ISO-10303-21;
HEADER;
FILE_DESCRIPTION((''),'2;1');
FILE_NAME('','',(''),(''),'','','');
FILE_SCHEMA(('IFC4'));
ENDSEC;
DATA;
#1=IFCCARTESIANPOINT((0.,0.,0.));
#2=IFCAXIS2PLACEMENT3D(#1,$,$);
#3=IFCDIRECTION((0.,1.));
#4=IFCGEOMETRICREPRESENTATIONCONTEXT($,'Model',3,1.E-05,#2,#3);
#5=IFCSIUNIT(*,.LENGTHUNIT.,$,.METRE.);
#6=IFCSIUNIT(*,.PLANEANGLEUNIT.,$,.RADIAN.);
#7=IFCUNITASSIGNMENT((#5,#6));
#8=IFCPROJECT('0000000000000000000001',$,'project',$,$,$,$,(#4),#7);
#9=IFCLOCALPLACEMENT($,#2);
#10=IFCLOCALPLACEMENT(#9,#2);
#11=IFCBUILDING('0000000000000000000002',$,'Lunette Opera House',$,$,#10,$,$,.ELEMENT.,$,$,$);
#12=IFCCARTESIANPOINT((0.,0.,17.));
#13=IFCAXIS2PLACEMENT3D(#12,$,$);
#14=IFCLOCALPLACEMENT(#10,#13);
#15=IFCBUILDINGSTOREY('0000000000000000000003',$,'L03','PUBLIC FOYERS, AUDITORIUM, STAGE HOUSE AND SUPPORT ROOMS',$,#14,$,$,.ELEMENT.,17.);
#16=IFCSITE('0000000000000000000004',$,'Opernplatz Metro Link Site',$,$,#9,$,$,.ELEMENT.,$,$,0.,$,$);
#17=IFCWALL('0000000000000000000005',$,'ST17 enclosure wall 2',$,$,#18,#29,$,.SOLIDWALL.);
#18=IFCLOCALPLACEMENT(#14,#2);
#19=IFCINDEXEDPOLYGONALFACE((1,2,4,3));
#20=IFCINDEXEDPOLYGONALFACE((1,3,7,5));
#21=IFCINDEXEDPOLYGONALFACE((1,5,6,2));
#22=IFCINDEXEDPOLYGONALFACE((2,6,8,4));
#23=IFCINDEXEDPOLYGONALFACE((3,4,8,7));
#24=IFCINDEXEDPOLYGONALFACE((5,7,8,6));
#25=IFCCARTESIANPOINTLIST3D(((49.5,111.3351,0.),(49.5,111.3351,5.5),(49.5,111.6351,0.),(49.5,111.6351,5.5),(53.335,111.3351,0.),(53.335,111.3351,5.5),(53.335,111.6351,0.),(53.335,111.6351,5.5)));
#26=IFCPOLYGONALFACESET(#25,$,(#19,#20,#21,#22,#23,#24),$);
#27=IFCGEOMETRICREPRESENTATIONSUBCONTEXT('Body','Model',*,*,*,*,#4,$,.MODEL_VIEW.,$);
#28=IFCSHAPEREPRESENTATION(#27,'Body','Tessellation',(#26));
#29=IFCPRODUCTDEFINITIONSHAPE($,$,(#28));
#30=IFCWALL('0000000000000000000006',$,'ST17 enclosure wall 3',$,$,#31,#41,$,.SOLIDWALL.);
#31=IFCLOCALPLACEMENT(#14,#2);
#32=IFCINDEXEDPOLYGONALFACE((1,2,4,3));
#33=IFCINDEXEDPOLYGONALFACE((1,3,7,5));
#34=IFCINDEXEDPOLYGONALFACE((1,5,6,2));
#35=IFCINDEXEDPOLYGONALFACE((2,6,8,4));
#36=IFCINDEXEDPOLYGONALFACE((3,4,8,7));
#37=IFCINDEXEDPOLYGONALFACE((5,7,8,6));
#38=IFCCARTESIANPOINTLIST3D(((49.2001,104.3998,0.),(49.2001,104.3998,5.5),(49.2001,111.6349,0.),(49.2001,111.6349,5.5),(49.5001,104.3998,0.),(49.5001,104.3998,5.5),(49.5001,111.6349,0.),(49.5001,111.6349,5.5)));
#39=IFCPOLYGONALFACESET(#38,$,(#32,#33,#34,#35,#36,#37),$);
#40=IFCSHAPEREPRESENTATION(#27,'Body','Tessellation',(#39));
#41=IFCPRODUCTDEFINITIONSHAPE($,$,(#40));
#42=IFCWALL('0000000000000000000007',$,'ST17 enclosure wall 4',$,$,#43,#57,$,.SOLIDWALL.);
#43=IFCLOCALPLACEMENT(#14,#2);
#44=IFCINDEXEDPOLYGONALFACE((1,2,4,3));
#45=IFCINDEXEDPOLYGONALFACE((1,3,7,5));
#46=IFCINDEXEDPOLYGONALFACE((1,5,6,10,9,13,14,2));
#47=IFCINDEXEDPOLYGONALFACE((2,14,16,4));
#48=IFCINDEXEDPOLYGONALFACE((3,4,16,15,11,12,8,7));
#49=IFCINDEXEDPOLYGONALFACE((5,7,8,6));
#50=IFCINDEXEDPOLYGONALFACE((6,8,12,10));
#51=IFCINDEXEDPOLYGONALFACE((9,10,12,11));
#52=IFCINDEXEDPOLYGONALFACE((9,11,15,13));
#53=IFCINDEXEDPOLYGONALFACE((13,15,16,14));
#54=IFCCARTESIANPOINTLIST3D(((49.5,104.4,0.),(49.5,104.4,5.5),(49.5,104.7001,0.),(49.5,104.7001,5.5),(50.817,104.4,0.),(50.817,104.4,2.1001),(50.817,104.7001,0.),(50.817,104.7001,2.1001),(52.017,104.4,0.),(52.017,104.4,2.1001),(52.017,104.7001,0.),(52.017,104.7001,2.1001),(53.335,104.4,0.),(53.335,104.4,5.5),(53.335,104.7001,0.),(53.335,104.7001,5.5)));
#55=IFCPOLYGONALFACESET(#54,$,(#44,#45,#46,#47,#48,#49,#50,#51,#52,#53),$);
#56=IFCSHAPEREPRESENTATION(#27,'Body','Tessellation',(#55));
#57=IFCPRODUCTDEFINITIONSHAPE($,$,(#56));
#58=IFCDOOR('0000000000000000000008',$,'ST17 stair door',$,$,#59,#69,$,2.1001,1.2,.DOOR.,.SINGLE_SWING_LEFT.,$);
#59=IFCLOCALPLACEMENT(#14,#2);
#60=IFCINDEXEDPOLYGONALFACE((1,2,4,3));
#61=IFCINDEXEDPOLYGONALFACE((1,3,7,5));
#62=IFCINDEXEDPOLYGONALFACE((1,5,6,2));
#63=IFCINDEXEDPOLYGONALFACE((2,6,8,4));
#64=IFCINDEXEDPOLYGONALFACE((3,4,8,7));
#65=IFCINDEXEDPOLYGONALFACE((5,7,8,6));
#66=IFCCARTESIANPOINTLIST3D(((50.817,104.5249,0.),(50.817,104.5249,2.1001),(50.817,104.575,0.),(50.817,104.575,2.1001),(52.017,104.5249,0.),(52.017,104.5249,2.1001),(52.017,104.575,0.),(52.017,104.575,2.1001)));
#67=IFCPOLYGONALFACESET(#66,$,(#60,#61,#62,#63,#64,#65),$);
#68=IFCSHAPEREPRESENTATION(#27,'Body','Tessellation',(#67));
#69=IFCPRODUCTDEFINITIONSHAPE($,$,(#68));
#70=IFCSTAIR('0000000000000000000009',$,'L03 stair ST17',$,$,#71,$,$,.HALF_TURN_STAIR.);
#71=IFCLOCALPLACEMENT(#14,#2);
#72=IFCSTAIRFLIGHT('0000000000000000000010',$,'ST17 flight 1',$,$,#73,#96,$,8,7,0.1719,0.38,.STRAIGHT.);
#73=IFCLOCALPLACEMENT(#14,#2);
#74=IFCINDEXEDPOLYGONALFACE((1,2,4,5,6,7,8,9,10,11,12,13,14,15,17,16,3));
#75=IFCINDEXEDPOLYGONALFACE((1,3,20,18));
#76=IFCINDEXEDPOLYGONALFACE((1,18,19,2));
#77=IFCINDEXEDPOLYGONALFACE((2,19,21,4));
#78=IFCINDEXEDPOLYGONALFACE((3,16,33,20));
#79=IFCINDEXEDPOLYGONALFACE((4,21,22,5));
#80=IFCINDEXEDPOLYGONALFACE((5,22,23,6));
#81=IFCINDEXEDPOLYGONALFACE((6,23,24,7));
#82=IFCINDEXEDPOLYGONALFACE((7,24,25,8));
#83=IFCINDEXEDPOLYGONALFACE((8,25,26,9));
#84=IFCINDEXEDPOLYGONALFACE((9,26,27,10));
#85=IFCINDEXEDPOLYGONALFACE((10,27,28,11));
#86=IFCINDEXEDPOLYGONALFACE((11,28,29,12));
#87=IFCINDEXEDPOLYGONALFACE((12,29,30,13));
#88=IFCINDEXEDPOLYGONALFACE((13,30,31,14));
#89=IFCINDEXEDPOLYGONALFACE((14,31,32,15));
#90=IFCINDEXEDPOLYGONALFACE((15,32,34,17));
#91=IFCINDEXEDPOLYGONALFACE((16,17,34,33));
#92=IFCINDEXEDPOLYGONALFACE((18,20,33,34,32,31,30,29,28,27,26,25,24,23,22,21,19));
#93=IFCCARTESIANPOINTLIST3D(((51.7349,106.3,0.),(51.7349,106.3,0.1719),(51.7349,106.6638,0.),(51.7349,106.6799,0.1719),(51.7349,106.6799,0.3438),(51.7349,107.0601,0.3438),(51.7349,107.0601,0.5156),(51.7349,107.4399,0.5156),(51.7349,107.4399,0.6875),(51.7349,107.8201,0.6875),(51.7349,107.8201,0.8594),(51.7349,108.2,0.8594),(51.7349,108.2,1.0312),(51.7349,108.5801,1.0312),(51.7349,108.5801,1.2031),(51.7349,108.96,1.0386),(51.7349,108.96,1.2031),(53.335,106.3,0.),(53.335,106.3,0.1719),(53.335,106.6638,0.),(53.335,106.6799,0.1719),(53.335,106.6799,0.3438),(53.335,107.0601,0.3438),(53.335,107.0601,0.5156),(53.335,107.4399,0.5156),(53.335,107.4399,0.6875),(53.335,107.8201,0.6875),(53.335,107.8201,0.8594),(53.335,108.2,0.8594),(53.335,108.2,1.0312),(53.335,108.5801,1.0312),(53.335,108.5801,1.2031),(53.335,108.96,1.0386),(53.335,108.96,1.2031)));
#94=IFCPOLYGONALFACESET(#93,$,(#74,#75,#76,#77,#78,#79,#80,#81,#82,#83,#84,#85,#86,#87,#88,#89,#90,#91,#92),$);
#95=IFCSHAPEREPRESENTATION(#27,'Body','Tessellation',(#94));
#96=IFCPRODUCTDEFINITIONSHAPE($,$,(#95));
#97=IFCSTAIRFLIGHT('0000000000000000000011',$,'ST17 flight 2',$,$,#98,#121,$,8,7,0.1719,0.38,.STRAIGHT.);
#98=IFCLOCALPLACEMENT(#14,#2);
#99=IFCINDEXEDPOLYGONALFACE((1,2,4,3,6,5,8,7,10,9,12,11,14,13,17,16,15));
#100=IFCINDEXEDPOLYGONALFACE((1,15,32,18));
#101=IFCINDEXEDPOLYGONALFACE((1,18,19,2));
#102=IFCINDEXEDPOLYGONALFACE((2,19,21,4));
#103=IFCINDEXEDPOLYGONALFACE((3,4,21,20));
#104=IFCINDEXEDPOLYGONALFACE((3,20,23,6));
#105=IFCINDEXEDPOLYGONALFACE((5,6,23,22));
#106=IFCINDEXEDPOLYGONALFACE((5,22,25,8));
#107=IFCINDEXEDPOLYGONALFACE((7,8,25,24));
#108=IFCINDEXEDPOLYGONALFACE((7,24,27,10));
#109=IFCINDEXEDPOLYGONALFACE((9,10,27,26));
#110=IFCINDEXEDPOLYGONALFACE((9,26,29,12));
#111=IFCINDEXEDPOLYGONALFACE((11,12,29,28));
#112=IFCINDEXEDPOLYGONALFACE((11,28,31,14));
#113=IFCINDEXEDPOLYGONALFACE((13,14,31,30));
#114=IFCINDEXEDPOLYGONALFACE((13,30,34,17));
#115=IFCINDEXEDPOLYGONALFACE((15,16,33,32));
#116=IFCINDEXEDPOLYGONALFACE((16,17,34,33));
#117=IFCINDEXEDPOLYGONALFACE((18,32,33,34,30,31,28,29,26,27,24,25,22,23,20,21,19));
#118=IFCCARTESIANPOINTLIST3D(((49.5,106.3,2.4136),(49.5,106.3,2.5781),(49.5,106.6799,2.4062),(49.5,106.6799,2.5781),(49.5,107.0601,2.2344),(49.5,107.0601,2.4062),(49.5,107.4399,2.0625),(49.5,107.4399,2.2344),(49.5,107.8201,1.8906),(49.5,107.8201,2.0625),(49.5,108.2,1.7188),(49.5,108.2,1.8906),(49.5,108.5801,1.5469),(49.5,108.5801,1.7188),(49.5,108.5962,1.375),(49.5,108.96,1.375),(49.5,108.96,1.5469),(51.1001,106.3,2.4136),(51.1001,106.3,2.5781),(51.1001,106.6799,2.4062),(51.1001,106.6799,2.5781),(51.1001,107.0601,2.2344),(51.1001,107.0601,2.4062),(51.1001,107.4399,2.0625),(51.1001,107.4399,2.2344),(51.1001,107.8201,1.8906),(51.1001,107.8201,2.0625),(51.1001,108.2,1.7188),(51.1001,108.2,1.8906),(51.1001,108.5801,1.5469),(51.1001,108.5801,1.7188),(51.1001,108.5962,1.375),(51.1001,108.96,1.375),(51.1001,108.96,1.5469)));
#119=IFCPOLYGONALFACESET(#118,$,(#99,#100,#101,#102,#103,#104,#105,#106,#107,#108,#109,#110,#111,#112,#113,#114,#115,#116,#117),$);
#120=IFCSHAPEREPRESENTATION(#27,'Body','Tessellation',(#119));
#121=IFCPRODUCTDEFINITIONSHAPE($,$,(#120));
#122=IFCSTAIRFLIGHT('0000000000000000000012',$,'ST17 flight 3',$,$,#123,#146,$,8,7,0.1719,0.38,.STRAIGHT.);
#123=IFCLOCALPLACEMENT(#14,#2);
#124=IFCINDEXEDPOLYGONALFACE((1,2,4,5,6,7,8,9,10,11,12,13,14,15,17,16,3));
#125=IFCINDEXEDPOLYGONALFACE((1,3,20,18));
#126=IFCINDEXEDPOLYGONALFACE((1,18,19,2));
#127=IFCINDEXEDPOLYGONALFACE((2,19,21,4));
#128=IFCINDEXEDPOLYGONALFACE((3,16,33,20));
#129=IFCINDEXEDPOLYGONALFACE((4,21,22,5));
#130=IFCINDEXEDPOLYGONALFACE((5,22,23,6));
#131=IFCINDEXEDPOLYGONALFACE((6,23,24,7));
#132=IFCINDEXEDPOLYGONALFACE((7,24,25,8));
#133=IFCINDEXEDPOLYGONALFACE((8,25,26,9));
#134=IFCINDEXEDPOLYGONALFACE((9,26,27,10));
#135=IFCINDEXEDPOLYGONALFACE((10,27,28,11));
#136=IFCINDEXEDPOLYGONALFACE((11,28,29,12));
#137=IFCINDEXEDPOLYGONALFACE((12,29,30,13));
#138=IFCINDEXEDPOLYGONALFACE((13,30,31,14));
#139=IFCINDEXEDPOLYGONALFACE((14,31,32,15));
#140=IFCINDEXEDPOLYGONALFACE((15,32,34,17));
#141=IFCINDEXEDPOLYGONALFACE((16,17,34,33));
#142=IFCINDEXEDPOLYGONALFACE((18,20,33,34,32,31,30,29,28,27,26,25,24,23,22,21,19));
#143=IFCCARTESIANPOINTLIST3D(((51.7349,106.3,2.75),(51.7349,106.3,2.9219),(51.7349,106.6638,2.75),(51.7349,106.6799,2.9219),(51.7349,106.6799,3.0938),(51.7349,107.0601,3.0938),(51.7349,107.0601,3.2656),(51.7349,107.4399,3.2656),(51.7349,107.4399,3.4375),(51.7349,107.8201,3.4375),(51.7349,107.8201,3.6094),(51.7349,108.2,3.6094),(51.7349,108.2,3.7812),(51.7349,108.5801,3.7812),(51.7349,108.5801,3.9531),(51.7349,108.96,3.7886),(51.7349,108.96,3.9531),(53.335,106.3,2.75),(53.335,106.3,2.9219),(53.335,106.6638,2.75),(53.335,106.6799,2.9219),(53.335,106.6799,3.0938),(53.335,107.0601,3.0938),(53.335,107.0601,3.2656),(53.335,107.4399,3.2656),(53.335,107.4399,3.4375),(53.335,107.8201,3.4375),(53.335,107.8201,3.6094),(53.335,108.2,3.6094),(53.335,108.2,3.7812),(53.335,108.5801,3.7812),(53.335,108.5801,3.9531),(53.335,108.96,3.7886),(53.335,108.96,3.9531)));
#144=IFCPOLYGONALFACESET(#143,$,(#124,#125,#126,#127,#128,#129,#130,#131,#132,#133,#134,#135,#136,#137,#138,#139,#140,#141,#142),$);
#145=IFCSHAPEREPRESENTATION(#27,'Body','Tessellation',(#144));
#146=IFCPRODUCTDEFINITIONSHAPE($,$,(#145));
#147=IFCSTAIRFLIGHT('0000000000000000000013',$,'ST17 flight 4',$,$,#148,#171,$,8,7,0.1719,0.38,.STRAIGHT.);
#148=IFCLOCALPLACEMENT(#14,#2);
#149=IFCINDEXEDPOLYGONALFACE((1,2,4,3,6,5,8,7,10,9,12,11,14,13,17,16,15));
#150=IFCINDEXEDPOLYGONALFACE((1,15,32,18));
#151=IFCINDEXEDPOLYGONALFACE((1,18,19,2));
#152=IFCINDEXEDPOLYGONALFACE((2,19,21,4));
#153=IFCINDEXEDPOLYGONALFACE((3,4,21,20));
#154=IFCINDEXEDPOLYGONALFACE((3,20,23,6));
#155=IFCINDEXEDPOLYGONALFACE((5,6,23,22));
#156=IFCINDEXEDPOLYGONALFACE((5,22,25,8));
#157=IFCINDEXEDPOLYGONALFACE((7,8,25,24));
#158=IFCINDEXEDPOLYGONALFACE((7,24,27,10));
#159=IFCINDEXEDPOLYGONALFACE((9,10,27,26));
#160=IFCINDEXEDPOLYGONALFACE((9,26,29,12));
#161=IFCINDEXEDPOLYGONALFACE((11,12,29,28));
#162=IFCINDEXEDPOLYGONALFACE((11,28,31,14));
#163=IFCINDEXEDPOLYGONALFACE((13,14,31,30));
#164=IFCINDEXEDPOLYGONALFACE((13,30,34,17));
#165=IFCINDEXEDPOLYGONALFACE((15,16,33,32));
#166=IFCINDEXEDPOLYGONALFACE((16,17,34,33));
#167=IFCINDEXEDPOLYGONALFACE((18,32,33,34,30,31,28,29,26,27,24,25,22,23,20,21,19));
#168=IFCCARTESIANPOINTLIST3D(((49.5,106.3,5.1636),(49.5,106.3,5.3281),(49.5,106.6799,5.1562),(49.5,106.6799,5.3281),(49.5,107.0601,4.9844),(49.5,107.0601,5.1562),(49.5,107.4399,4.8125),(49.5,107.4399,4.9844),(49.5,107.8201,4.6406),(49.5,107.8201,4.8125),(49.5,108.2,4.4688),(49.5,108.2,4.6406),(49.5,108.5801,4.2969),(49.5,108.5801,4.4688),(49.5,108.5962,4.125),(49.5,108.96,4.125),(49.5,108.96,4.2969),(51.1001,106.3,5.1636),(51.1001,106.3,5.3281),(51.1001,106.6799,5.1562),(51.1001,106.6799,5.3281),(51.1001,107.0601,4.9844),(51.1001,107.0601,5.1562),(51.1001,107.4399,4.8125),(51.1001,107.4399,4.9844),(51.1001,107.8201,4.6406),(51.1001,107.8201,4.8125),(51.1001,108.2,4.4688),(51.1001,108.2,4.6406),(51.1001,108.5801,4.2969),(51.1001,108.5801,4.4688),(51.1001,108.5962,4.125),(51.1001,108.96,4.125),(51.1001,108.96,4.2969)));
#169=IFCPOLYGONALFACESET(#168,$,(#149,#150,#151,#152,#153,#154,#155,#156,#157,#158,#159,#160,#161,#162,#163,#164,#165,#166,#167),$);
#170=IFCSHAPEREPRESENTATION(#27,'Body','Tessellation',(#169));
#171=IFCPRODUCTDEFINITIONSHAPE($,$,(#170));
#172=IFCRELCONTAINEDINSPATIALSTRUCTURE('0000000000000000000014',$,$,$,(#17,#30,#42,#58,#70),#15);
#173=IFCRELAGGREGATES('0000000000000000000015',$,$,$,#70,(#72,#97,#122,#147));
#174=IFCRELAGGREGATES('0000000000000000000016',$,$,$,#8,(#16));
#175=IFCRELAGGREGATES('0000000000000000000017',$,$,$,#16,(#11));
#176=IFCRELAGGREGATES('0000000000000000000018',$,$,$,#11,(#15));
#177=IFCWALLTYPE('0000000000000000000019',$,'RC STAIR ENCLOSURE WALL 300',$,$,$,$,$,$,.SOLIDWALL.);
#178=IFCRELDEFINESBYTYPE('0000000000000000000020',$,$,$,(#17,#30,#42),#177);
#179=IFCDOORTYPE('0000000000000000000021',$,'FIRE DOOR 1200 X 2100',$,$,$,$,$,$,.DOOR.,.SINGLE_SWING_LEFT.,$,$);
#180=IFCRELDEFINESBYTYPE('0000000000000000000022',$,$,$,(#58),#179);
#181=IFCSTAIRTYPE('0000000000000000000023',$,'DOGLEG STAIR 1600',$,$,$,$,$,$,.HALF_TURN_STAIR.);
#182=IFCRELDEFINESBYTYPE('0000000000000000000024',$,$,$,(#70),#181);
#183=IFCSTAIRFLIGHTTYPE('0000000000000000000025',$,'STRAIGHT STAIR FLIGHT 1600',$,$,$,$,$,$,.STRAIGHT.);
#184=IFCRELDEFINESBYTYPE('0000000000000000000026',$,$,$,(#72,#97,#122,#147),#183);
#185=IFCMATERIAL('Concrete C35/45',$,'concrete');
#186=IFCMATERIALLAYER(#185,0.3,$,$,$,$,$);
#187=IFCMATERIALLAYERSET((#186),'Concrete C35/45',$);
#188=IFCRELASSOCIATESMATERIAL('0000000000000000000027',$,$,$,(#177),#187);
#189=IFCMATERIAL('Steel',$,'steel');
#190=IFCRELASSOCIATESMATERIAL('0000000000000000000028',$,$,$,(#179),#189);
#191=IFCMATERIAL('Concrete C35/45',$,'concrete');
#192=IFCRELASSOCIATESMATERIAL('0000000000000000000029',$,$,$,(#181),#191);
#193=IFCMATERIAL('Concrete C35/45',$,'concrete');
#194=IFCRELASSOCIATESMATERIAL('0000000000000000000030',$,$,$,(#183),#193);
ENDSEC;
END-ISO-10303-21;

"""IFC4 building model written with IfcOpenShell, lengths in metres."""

from ifc_helpers import new_model, si_unit, direction, frame, frame_2d, origin, place, context, subcontext, project, spatial, polyline, rectangle, outline, extrude, material, layer, layer_set, type_object, element, fill, aggregate, save


model = new_model("IFC4")

# Units and contexts
model_context = context("Model", 3, precision=1e-05, world=origin(), true_north=direction((0.0, 1.0)))
body_context = subcontext(model_context, "Body", "Model", "MODEL_VIEW")
ifc_project = project(units=[si_unit("LENGTHUNIT", "METRE"), si_unit("PLANEANGLEUNIT", "RADIAN")], contexts=[model_context])

# Site, building, storey
site_placement = place(None, origin())
site = spatial("IfcSite", under=ifc_project, at=site_placement, Name="Opernplatz Metro Link Site", CompositionType="ELEMENT", RefElevation=0.0)
building_placement = place(site_placement, origin())
building = spatial("IfcBuilding", under=site, at=building_placement, Name="Lunette Opera House", CompositionType="ELEMENT")
storey_placement = place(building_placement, frame((0.0, 0.0, 17.0)))
storey = spatial("IfcBuildingStorey", under=building, at=storey_placement, Name="L03", Description="PUBLIC FOYERS, AUDITORIUM, STAGE HOUSE AND SUPPORT ROOMS", CompositionType="ELEMENT", Elevation=17.0)

# Walls
ifc_material_1 = material(Name="Concrete C35/45", Category="concrete")
ifc_layer_1 = layer(ifc_material_1, 0.3)
ifc_layer_set_1 = layer_set([ifc_layer_1], Name="Concrete C35/45")
wall_type = type_object("IfcWallType", Name="RC STAIR ENCLOSURE WALL 300", PredefinedType="SOLIDWALL", material=ifc_layer_set_1)
wall_1_placement = place(storey_placement, frame((53.335, 111.4851, 0.0), z_axis=(0.0, 0.0, 1.0), x_axis=(-1.0, 0.0, 0.0)))
element("IfcWall", 1, at=wall_1_placement, inside=storey, type_object=wall_type, Name="ST17 enclosure wall 2", PredefinedType="SOLIDWALL", context=body_context, shape_type="SweptSolid", body=[
    extrude(rectangle(XDim=3.835, YDim=0.3, at=frame_2d((1.9175, 0.0))), origin(), (0.0, 0.0, 1.0), 5.5),
])
wall_2_placement = place(storey_placement, frame((49.3501, 111.635, 0.0), z_axis=(0.0, 0.0, 1.0), x_axis=(0.0, -1.0, 0.0)))
element("IfcWall", 2, at=wall_2_placement, inside=storey, type_object=wall_type, Name="ST17 enclosure wall 3", PredefinedType="SOLIDWALL", context=body_context, shape_type="SweptSolid", body=[
    extrude(rectangle(XDim=7.2351, YDim=0.3, at=frame_2d((3.6177, 0.0))), origin(), (0.0, 0.0, 1.0), 5.5),
])

# Wall, opening, door
wall_3_placement = place(storey_placement, frame((49.5, 104.55, 0.0), z_axis=(0.0, 0.0, 1.0), x_axis=(1.0, 0.0, 0.0)))
wall_3 = element("IfcWall", 3, at=wall_3_placement, inside=storey, type_object=wall_type, Name="ST17 enclosure wall 4", PredefinedType="SOLIDWALL", context=body_context, shape_type="SweptSolid", body=[
    extrude(rectangle(XDim=3.835, YDim=0.3, at=frame_2d((1.9175, 0.0))), origin(), (0.0, 0.0, 1.0), 5.5),
])
opening_placement = place(wall_3_placement, frame((1.3169, 0.0, 0.0)))
opening = element("IfcOpeningElement", 4, at=opening_placement, cuts=wall_3, PredefinedType="OPENING", context=body_context, shape_type="SweptSolid", body=[
    extrude(rectangle(XDim=1.2, YDim=2.1001, at=frame_2d((0.6001, 1.05))), frame((0.0, 0.1621, 0.0), z_axis=(0.0, -1.0, 0.0), x_axis=(1.0, 0.0, 0.0)), (0.0, 0.0, 1.0), 0.324),
])
ifc_material_2 = material(Name="Steel", Category="steel")
door_type = type_object("IfcDoorType", Name="FIRE DOOR 1200 X 2100", OperationType="SINGLE_SWING_LEFT", PredefinedType="DOOR", material=ifc_material_2)
door_placement = place(opening_placement, origin())
door = element("IfcDoor", 5, at=door_placement, inside=storey, type_object=door_type, Name="ST17 stair door", OperationType="SINGLE_SWING_LEFT", OverallHeight=2.1001, OverallWidth=1.2, PredefinedType="DOOR", context=body_context, shape_type="SweptSolid", body=[
    extrude(rectangle(XDim=1.2, YDim=2.1001, at=frame_2d((0.6001, 1.05))), frame((0.0, 0.0249, 0.0), z_axis=(0.0, -1.0, 0.0), x_axis=(1.0, 0.0, 0.0)), (0.0, 0.0, 1.0), 0.05),
])
fill(opening, door)

# Stair, stair flights
ifc_material_3 = material(Name="Concrete C35/45", Category="concrete")
stair_type = type_object("IfcStairType", Name="DOGLEG STAIR 1600", PredefinedType="HALF_TURN_STAIR", material=ifc_material_3)
stair_placement = place(storey_placement, origin())
stair = element("IfcStair", 6, at=stair_placement, inside=storey, type_object=stair_type, Name="L03 stair ST17", PredefinedType="HALF_TURN_STAIR")
ifc_material_4 = material(Name="Concrete C35/45", Category="concrete")
stair_flight_type = type_object("IfcStairFlightType", Name="STRAIGHT STAIR FLIGHT 1600", PredefinedType="STRAIGHT", material=ifc_material_4)
stair_flight_1_placement = place(storey_placement, frame((52.5349, 106.3, 0.0), z_axis=(0.0, 0.0, 1.0), x_axis=(0.0, 1.0, 0.0)))
stair_flight_1 = element("IfcStairFlight", 7, at=stair_flight_1_placement, type_object=stair_flight_type, Name="ST17 flight 1", NumberOfRisers=8, NumberOfTreads=7, PredefinedType="STRAIGHT", RiserHeight=0.1719, TreadLength=0.38, context=body_context, shape_type="SweptSolid", body=[
    extrude(outline(polyline([(0.0, 0.0), (0.0, 0.1719), (0.3799, 0.1719), (0.3799, 0.3438), (0.76, 0.3438), (0.76, 0.5156), (1.1399, 0.5156), (1.1399, 0.6875), (1.52, 0.6875), (1.52, 0.8594), (1.8999, 0.8594), (1.8999, 1.0312), (2.28, 1.0312), (2.28, 1.2031), (2.6599, 1.2031), (2.6599, 1.375), (2.6599, 1.0386), (0.3638, 0.0), (0.0, 0.0)])), frame((0.0, 0.8, 0.0), z_axis=(0.0, -1.0, 0.0), x_axis=(1.0, 0.0, 0.0)), (0.0, 0.0, 1.0), 1.6001),
])
stair_flight_2_placement = place(storey_placement, frame((50.3, 108.96, 1.375), z_axis=(0.0, 0.0, 1.0), x_axis=(0.0, -1.0, 0.0)))
stair_flight_2 = element("IfcStairFlight", 8, at=stair_flight_2_placement, type_object=stair_flight_type, Name="ST17 flight 2", NumberOfRisers=8, NumberOfTreads=7, PredefinedType="STRAIGHT", RiserHeight=0.1719, TreadLength=0.38, context=body_context, shape_type="SweptSolid", body=[
    extrude(outline(polyline([(0.0, 0.0), (0.0, 0.1719), (0.3799, 0.1719), (0.3799, 0.3438), (0.76, 0.3438), (0.76, 0.5156), (1.1399, 0.5156), (1.1399, 0.6875), (1.52, 0.6875), (1.52, 0.8594), (1.8999, 0.8594), (1.8999, 1.0312), (2.28, 1.0312), (2.28, 1.2031), (2.6599, 1.2031), (2.6599, 1.375), (2.6599, 1.0386), (0.3638, 0.0), (0.0, 0.0)])), frame((0.0, 0.8, 0.0), z_axis=(0.0, -1.0, 0.0), x_axis=(1.0, 0.0, 0.0)), (0.0, 0.0, 1.0), 1.6001),
])
stair_flight_3_placement = place(storey_placement, frame((52.5349, 106.3, 2.75), z_axis=(0.0, 0.0, 1.0), x_axis=(0.0, 1.0, 0.0)))
stair_flight_3 = element("IfcStairFlight", 9, at=stair_flight_3_placement, type_object=stair_flight_type, Name="ST17 flight 3", NumberOfRisers=8, NumberOfTreads=7, PredefinedType="STRAIGHT", RiserHeight=0.1719, TreadLength=0.38, context=body_context, shape_type="SweptSolid", body=[
    extrude(outline(polyline([(0.0, 0.0), (0.0, 0.1719), (0.3799, 0.1719), (0.3799, 0.3438), (0.76, 0.3438), (0.76, 0.5156), (1.1399, 0.5156), (1.1399, 0.6875), (1.52, 0.6875), (1.52, 0.8594), (1.8999, 0.8594), (1.8999, 1.0312), (2.28, 1.0312), (2.28, 1.2031), (2.6599, 1.2031), (2.6599, 1.375), (2.6599, 1.0386), (0.3638, 0.0), (0.0, 0.0)])), frame((0.0, 0.8, 0.0), z_axis=(0.0, -1.0, 0.0), x_axis=(1.0, 0.0, 0.0)), (0.0, 0.0, 1.0), 1.6001),
])
stair_flight_4_placement = place(storey_placement, frame((50.3, 108.96, 4.125), z_axis=(0.0, 0.0, 1.0), x_axis=(0.0, -1.0, 0.0)))
stair_flight_4 = element("IfcStairFlight", 10, at=stair_flight_4_placement, type_object=stair_flight_type, Name="ST17 flight 4", NumberOfRisers=8, NumberOfTreads=7, PredefinedType="STRAIGHT", RiserHeight=0.1719, TreadLength=0.38, context=body_context, shape_type="SweptSolid", body=[
    extrude(outline(polyline([(0.0, 0.0), (0.0, 0.1719), (0.3799, 0.1719), (0.3799, 0.3438), (0.76, 0.3438), (0.76, 0.5156), (1.1399, 0.5156), (1.1399, 0.6875), (1.52, 0.6875), (1.52, 0.8594), (1.8999, 0.8594), (1.8999, 1.0312), (2.28, 1.0312), (2.28, 1.2031), (2.6599, 1.2031), (2.6599, 1.375), (2.6599, 1.0386), (0.3638, 0.0), (0.0, 0.0)])), frame((0.0, 0.8, 0.0), z_axis=(0.0, -1.0, 0.0), x_axis=(1.0, 0.0, 0.0)), (0.0, 0.0, 1.0), 1.6001),
])
aggregate(stair, [stair_flight_1, stair_flight_2, stair_flight_3, stair_flight_4])

save(model, "model.ifc")
